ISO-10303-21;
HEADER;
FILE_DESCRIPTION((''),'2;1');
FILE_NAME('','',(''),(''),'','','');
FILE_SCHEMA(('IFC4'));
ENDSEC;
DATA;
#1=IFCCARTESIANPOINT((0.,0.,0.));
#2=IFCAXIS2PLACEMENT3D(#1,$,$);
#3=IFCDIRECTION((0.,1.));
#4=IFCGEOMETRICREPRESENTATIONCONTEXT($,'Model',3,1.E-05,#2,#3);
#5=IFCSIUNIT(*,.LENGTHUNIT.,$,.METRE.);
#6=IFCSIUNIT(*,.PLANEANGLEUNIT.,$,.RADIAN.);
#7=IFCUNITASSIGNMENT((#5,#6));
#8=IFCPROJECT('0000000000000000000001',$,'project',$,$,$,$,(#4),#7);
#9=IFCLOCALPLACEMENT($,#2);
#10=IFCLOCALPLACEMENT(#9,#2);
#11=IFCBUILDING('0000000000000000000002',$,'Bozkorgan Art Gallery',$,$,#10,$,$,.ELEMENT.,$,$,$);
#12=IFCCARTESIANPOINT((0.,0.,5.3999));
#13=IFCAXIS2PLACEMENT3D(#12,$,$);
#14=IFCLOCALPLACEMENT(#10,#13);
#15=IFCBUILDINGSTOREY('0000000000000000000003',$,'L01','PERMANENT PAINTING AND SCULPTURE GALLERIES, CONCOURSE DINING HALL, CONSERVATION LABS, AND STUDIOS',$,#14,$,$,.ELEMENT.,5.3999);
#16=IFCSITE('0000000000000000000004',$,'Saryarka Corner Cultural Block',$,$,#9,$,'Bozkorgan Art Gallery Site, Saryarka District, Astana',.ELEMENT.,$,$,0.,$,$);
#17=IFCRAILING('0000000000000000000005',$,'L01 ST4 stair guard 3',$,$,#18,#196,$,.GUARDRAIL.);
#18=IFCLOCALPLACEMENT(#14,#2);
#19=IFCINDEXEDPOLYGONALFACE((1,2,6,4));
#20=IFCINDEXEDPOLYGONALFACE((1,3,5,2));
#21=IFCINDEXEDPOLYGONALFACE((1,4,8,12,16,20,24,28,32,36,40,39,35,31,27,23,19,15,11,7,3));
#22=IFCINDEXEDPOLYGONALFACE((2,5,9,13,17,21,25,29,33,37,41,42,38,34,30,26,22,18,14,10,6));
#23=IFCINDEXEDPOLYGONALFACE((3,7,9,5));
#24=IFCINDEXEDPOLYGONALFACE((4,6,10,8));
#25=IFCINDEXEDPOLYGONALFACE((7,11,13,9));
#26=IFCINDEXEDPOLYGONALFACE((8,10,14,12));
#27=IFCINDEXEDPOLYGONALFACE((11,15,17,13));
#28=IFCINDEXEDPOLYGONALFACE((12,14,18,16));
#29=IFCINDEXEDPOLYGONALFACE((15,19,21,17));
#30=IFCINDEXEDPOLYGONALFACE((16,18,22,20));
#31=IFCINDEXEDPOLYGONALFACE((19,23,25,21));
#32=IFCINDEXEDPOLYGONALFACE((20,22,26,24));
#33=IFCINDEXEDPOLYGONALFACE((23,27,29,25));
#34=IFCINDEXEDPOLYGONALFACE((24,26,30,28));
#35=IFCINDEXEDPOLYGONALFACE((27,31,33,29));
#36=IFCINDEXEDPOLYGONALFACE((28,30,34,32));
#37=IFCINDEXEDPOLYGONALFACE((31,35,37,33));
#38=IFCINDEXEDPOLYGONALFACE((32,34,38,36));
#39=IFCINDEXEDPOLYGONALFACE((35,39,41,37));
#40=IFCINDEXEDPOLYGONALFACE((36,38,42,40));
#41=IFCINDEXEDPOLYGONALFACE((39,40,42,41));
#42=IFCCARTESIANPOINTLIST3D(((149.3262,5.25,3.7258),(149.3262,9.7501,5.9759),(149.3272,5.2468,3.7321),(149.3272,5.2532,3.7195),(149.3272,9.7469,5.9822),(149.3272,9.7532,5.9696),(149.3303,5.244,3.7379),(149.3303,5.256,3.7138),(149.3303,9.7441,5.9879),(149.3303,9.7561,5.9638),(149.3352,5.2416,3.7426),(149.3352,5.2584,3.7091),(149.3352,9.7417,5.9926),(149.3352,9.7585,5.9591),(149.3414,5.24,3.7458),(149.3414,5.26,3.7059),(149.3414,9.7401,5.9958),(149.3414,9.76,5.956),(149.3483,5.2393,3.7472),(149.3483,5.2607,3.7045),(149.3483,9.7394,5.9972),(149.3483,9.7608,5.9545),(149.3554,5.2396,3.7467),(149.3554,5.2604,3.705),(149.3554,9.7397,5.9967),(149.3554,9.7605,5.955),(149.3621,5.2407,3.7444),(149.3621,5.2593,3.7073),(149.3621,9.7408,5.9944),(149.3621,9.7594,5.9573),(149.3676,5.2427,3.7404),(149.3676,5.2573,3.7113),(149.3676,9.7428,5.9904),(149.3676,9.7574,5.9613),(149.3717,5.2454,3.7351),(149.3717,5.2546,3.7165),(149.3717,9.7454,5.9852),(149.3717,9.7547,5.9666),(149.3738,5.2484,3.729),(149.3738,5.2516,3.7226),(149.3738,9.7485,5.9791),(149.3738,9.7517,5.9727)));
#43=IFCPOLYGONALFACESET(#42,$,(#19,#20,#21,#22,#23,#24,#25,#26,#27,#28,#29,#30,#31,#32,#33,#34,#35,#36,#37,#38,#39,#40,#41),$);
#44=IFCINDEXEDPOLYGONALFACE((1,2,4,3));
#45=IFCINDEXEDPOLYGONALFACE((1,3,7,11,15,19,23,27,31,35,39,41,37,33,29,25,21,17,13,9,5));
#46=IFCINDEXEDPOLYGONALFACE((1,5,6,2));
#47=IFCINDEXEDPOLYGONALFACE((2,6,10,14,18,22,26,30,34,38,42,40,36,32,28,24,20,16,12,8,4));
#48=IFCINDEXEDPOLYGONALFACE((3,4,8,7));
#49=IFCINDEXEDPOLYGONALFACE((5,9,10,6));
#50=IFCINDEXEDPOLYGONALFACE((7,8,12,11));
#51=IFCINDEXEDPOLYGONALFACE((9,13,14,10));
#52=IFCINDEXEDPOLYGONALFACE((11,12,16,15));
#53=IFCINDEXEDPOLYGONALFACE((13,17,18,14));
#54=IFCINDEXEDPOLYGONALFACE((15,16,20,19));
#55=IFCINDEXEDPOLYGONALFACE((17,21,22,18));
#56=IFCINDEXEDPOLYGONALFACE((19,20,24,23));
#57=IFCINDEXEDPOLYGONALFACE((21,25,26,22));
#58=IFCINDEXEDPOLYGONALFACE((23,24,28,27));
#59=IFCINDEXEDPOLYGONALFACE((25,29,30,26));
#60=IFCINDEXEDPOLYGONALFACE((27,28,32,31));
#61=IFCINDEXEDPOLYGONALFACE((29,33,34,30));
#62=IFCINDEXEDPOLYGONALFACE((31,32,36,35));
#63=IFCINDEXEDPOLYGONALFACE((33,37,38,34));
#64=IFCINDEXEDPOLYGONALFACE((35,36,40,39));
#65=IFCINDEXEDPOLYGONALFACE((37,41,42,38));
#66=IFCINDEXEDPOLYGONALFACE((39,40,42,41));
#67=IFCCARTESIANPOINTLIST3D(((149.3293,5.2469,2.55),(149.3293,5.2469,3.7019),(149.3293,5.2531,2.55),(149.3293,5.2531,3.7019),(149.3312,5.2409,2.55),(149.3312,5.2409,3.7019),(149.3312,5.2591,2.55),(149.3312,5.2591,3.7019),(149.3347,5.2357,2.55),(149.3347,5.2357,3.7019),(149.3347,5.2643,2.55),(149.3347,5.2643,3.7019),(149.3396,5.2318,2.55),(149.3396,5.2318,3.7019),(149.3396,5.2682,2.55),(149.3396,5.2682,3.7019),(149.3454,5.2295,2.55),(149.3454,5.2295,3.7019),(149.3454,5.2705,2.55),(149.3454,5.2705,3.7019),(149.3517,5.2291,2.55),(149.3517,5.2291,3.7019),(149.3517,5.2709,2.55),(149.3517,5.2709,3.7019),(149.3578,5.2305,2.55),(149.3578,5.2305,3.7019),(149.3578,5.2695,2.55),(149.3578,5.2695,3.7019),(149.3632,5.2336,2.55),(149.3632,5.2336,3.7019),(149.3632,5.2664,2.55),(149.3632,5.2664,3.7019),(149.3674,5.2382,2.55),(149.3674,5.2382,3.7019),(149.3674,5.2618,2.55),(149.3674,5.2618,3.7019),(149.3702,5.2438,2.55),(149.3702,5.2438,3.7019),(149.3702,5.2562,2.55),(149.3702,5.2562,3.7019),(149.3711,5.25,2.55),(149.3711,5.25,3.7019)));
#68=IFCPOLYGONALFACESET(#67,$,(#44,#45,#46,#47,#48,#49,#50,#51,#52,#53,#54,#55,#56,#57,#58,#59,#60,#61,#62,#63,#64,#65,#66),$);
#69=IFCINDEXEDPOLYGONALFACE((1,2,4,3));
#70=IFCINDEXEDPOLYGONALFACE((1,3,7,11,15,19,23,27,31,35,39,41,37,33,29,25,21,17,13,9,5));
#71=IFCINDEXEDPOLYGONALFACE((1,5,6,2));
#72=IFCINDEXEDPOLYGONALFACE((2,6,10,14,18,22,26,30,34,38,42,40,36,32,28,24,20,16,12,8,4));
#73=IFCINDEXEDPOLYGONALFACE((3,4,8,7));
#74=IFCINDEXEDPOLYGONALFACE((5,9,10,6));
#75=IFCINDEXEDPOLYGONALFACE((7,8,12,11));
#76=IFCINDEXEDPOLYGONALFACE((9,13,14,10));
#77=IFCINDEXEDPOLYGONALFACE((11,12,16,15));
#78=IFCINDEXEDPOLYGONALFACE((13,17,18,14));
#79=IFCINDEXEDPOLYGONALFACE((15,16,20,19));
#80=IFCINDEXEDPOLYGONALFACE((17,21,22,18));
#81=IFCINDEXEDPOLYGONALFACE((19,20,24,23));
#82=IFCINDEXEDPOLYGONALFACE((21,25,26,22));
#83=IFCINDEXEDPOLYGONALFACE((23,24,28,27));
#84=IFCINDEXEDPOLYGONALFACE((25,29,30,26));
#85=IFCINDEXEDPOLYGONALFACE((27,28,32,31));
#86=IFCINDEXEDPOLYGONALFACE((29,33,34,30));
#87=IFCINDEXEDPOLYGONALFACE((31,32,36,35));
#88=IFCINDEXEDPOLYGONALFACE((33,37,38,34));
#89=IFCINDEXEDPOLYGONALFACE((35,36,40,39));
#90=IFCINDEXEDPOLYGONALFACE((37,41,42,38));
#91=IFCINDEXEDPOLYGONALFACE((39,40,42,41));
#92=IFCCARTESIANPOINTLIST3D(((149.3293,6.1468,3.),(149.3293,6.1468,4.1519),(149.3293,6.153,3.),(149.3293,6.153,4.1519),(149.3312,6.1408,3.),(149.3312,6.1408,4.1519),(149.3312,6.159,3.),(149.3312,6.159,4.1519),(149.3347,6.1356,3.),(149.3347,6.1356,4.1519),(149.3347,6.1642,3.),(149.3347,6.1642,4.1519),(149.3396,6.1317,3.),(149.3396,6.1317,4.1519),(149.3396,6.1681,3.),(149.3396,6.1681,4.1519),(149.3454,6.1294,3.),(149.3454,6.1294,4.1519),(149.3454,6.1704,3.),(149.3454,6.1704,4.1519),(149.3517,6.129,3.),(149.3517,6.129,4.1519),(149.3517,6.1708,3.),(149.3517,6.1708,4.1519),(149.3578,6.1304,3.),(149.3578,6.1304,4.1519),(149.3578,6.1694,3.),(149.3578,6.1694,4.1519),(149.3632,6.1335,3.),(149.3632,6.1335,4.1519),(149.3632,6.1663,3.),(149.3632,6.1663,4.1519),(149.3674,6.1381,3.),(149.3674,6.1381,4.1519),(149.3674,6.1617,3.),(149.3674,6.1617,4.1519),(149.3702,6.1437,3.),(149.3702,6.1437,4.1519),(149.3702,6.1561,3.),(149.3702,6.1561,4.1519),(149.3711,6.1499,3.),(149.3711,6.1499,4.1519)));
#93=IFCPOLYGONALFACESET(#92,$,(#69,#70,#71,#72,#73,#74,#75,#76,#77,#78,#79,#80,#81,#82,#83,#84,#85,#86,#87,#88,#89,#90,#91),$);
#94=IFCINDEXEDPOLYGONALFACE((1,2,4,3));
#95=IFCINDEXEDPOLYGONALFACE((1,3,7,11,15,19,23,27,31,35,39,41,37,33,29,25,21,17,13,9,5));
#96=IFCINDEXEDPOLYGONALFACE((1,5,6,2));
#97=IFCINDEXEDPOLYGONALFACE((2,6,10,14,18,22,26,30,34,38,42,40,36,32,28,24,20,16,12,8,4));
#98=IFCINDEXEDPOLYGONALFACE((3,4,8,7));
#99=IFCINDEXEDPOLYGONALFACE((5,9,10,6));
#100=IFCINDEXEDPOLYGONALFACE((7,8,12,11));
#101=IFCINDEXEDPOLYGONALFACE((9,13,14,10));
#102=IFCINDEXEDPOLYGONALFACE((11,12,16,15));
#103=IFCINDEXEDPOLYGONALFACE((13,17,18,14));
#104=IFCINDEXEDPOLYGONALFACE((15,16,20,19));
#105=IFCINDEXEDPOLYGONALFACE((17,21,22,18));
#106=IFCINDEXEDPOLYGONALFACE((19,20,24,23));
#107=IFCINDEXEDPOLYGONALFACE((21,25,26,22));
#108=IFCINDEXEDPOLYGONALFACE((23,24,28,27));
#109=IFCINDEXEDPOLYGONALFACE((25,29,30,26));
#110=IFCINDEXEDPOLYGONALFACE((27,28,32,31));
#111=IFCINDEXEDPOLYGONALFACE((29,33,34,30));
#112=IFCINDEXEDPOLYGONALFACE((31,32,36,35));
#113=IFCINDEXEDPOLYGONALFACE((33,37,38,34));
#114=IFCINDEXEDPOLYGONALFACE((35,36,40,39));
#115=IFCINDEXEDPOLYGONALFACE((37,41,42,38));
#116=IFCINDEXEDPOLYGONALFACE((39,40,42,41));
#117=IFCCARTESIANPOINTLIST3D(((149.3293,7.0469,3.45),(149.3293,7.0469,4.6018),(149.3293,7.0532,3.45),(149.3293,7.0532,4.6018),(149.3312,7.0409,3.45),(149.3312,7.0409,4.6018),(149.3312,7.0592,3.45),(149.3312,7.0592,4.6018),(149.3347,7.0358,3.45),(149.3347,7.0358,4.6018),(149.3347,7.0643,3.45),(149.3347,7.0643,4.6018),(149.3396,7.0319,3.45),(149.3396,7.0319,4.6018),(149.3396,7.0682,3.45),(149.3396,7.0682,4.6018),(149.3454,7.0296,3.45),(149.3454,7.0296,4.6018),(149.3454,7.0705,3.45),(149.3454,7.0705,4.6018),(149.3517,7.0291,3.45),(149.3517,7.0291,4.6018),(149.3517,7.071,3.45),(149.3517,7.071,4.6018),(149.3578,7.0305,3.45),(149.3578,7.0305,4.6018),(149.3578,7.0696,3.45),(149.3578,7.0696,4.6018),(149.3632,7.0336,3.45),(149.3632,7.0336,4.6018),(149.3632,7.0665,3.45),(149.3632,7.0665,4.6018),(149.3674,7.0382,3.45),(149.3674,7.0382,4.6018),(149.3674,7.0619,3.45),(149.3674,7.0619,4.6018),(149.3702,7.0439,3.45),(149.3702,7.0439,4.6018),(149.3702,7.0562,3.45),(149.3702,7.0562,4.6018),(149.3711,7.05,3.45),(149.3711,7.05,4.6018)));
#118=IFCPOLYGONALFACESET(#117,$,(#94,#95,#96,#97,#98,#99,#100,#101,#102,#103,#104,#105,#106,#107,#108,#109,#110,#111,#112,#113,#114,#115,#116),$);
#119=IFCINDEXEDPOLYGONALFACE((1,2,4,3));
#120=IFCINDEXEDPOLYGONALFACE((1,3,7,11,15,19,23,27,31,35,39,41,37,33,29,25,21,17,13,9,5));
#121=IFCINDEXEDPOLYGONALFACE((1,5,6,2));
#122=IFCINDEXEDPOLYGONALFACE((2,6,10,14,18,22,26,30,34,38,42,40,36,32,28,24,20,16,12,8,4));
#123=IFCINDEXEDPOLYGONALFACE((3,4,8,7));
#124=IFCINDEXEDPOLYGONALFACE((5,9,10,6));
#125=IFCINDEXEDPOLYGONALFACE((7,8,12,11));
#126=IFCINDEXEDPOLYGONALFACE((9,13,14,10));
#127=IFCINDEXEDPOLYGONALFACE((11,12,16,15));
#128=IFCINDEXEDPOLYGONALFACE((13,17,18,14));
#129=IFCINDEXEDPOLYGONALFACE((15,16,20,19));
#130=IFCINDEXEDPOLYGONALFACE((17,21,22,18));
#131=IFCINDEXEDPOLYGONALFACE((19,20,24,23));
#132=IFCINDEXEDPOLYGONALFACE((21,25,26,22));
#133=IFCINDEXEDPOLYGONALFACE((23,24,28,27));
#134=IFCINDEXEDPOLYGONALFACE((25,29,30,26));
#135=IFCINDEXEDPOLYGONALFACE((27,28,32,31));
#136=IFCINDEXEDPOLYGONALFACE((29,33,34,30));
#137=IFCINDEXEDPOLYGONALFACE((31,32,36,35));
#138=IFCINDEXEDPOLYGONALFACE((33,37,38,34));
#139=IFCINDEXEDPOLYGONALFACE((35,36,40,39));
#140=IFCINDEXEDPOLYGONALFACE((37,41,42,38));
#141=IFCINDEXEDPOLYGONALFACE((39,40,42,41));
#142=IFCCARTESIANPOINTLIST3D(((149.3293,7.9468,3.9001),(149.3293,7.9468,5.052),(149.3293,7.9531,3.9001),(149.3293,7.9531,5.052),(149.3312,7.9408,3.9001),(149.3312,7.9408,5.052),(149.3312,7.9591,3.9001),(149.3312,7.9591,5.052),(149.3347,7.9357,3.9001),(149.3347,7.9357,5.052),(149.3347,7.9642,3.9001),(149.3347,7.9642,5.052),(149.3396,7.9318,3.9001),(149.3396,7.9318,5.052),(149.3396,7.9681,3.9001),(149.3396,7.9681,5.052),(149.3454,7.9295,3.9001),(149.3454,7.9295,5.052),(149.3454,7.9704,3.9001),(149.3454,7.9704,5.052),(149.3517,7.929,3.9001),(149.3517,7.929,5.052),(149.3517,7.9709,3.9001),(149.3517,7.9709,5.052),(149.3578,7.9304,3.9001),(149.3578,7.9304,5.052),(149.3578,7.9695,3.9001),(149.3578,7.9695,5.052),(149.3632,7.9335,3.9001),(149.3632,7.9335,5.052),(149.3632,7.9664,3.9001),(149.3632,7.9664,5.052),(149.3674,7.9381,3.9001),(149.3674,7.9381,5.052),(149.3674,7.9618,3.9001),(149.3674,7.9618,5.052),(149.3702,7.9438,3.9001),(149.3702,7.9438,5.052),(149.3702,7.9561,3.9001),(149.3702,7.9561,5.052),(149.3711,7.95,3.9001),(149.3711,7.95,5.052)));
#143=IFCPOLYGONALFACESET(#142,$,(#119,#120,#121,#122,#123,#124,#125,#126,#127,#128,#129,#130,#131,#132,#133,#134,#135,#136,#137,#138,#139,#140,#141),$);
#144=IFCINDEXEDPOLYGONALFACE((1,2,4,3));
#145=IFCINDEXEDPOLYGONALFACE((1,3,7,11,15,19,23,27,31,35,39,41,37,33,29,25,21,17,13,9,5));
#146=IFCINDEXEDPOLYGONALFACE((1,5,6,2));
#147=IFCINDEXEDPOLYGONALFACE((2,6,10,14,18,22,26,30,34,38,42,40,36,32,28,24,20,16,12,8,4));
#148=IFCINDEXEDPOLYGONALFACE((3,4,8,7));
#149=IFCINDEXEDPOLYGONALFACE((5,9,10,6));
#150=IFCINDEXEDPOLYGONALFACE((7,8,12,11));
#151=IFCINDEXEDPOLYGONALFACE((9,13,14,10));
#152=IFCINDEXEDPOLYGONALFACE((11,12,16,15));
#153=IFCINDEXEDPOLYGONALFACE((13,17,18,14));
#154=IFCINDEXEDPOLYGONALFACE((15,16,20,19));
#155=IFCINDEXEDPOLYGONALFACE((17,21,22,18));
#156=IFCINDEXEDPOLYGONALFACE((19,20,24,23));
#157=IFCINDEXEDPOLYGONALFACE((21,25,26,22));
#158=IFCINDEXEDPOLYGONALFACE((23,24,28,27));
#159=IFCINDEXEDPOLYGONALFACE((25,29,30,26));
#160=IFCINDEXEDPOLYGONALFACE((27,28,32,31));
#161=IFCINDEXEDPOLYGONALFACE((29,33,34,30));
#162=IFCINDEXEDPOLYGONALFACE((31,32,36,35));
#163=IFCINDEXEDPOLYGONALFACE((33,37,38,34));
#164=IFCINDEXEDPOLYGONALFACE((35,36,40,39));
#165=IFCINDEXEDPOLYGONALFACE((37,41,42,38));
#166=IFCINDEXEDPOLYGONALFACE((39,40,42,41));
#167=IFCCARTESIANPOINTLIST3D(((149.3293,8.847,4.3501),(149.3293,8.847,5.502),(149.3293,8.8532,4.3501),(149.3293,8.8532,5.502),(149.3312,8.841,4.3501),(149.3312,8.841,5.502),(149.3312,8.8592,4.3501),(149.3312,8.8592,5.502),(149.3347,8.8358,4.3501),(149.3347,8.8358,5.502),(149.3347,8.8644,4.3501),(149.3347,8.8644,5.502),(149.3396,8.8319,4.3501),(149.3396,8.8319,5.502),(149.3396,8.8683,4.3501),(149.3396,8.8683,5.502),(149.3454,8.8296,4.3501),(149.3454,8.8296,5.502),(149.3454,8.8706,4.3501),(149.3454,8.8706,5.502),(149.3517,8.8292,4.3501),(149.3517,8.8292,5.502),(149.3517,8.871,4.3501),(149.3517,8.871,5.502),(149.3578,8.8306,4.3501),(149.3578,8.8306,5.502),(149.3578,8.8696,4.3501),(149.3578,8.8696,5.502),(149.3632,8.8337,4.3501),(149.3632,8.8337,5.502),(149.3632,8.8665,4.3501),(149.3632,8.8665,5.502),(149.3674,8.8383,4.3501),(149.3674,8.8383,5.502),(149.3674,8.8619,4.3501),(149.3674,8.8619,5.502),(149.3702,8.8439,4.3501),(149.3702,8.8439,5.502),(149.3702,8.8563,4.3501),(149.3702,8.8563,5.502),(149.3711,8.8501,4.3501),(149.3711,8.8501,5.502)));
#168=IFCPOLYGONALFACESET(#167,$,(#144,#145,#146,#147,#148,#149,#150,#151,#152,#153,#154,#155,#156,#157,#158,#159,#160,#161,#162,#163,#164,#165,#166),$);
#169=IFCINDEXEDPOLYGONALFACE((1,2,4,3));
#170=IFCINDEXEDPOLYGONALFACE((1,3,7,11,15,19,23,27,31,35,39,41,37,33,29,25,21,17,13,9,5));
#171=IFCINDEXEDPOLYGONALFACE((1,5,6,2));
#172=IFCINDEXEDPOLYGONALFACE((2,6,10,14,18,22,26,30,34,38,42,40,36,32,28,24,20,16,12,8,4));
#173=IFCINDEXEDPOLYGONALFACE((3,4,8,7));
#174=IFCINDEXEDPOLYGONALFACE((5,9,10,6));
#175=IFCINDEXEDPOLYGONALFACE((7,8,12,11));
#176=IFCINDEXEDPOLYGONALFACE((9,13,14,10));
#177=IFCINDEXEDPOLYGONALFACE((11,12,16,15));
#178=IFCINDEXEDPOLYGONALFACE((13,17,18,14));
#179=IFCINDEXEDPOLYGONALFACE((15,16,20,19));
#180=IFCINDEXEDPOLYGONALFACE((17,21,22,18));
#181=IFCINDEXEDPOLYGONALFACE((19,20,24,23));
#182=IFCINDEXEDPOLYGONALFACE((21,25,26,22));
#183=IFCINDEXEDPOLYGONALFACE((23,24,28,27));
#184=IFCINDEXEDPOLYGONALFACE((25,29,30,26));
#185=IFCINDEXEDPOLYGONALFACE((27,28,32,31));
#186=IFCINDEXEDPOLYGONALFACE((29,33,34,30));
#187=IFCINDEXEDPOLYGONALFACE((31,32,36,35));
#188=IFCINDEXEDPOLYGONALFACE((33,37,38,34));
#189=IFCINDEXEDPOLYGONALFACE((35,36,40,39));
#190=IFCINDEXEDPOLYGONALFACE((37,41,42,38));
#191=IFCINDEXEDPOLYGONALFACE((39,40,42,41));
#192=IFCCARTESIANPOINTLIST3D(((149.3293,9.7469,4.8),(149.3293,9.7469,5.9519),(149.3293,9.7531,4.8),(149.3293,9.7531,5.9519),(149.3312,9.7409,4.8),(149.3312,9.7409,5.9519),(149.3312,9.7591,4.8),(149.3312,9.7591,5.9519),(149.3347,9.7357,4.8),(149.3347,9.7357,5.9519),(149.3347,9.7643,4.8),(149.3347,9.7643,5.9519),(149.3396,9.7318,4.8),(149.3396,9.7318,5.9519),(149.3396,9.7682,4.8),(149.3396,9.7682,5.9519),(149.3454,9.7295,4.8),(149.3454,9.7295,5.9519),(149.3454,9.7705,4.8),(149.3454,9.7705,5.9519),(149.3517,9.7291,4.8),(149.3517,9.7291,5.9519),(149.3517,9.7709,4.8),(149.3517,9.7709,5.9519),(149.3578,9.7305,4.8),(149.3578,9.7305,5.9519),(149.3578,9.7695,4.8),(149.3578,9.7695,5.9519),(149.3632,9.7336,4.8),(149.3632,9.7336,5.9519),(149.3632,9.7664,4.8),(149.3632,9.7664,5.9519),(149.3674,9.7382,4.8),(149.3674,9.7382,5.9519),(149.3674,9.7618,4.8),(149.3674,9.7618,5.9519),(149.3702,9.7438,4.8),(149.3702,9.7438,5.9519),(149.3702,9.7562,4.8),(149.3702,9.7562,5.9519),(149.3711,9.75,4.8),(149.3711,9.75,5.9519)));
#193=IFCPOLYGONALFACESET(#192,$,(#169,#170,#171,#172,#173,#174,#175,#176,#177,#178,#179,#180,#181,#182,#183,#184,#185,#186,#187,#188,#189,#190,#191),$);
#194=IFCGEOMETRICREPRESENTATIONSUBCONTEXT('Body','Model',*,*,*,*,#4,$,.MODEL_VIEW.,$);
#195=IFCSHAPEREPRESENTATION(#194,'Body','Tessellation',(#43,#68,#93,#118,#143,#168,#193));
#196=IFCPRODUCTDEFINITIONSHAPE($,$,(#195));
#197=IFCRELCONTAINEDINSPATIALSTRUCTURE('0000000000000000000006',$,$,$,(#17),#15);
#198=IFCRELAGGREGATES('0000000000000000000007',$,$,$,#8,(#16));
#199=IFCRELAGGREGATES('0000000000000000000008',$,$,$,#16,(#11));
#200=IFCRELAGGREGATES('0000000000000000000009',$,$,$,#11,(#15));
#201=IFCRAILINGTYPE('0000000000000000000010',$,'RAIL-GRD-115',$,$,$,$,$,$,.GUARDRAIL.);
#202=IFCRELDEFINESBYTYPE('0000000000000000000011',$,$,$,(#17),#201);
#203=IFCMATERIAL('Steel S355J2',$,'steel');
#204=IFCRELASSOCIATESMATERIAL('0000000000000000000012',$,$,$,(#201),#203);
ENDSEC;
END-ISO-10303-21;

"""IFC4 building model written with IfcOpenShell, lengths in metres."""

from ifc_helpers import new_model, si_unit, direction, frame, origin, origin_2d, place, context, subcontext, project, spatial, circle, extrude, material, type_object, element, save


model = new_model("IFC4")

# Units and contexts
model_context = context("Model", 3, precision=1e-05, world=origin(), true_north=direction((0.0, 1.0)))
body_context = subcontext(model_context, "Body", "Model", "MODEL_VIEW")
ifc_project = project(units=[si_unit("LENGTHUNIT", "METRE"), si_unit("PLANEANGLEUNIT", "RADIAN")], contexts=[model_context])

# Site, building, storey
site_placement = place(None, origin())
site = spatial("IfcSite", under=ifc_project, at=site_placement, Name="Saryarka Corner Cultural Block", LongName="Bozkorgan Art Gallery Site, Saryarka District, Astana", CompositionType="ELEMENT", RefElevation=0.0)
building_placement = place(site_placement, origin())
building = spatial("IfcBuilding", under=site, at=building_placement, Name="Bozkorgan Art Gallery", CompositionType="ELEMENT")
storey_placement = place(building_placement, frame((0.0, 0.0, 5.3999)))
storey = spatial("IfcBuildingStorey", under=building, at=storey_placement, Name="L01", Description="PERMANENT PAINTING AND SCULPTURE GALLERIES, CONCOURSE DINING HALL, CONSERVATION LABS, AND STUDIOS", CompositionType="ELEMENT", Elevation=5.3999)

# Shared definitions
ifc_material_1 = material(Name="Steel S355J2", Category="steel")

# Railing
railing_type_1 = type_object("IfcRailingType", Name="RAIL-GRD-115", PredefinedType="GUARDRAIL", material=ifc_material_1)
railing_1_placement = place(storey_placement, frame((149.3501, 5.25, 2.55)))
element("IfcRailing", 1, at=railing_1_placement, inside=storey, type_object=railing_type_1, Name="L01 ST4 stair guard 3", PredefinedType="GUARDRAIL", context=body_context, shape_type="SweptSolid", body=[
    extrude(circle(Radius=0.0239, at=origin_2d()), frame((0.0, 0.0, 1.1758), z_axis=(0.0, 0.894427, 0.447214), x_axis=(-1.0, 0.0, 0.0)), (0.0, 0.0, 1.0), 5.0312),
    extrude(circle(Radius=0.021, at=origin_2d()), origin(), (0.0, 0.0, 1.0), 1.1519),
    extrude(circle(Radius=0.021, at=origin_2d()), frame((0.0, 0.8999, 0.45)), (0.0, 0.0, 1.0), 1.1519),
    extrude(circle(Radius=0.021, at=origin_2d()), frame((0.0, 1.8, 0.8999)), (0.0, 0.0, 1.0), 1.1519),
    extrude(circle(Radius=0.021, at=origin_2d()), frame((0.0, 2.7, 1.3501)), (0.0, 0.0, 1.0), 1.1519),
    extrude(circle(Radius=0.021, at=origin_2d()), frame((0.0, 3.6001, 1.8)), (0.0, 0.0, 1.0), 1.1519),
    extrude(circle(Radius=0.021, at=origin_2d()), frame((0.0, 4.5, 2.25)), (0.0, 0.0, 1.0), 1.1519),
])

save(model, "model.ifc")
